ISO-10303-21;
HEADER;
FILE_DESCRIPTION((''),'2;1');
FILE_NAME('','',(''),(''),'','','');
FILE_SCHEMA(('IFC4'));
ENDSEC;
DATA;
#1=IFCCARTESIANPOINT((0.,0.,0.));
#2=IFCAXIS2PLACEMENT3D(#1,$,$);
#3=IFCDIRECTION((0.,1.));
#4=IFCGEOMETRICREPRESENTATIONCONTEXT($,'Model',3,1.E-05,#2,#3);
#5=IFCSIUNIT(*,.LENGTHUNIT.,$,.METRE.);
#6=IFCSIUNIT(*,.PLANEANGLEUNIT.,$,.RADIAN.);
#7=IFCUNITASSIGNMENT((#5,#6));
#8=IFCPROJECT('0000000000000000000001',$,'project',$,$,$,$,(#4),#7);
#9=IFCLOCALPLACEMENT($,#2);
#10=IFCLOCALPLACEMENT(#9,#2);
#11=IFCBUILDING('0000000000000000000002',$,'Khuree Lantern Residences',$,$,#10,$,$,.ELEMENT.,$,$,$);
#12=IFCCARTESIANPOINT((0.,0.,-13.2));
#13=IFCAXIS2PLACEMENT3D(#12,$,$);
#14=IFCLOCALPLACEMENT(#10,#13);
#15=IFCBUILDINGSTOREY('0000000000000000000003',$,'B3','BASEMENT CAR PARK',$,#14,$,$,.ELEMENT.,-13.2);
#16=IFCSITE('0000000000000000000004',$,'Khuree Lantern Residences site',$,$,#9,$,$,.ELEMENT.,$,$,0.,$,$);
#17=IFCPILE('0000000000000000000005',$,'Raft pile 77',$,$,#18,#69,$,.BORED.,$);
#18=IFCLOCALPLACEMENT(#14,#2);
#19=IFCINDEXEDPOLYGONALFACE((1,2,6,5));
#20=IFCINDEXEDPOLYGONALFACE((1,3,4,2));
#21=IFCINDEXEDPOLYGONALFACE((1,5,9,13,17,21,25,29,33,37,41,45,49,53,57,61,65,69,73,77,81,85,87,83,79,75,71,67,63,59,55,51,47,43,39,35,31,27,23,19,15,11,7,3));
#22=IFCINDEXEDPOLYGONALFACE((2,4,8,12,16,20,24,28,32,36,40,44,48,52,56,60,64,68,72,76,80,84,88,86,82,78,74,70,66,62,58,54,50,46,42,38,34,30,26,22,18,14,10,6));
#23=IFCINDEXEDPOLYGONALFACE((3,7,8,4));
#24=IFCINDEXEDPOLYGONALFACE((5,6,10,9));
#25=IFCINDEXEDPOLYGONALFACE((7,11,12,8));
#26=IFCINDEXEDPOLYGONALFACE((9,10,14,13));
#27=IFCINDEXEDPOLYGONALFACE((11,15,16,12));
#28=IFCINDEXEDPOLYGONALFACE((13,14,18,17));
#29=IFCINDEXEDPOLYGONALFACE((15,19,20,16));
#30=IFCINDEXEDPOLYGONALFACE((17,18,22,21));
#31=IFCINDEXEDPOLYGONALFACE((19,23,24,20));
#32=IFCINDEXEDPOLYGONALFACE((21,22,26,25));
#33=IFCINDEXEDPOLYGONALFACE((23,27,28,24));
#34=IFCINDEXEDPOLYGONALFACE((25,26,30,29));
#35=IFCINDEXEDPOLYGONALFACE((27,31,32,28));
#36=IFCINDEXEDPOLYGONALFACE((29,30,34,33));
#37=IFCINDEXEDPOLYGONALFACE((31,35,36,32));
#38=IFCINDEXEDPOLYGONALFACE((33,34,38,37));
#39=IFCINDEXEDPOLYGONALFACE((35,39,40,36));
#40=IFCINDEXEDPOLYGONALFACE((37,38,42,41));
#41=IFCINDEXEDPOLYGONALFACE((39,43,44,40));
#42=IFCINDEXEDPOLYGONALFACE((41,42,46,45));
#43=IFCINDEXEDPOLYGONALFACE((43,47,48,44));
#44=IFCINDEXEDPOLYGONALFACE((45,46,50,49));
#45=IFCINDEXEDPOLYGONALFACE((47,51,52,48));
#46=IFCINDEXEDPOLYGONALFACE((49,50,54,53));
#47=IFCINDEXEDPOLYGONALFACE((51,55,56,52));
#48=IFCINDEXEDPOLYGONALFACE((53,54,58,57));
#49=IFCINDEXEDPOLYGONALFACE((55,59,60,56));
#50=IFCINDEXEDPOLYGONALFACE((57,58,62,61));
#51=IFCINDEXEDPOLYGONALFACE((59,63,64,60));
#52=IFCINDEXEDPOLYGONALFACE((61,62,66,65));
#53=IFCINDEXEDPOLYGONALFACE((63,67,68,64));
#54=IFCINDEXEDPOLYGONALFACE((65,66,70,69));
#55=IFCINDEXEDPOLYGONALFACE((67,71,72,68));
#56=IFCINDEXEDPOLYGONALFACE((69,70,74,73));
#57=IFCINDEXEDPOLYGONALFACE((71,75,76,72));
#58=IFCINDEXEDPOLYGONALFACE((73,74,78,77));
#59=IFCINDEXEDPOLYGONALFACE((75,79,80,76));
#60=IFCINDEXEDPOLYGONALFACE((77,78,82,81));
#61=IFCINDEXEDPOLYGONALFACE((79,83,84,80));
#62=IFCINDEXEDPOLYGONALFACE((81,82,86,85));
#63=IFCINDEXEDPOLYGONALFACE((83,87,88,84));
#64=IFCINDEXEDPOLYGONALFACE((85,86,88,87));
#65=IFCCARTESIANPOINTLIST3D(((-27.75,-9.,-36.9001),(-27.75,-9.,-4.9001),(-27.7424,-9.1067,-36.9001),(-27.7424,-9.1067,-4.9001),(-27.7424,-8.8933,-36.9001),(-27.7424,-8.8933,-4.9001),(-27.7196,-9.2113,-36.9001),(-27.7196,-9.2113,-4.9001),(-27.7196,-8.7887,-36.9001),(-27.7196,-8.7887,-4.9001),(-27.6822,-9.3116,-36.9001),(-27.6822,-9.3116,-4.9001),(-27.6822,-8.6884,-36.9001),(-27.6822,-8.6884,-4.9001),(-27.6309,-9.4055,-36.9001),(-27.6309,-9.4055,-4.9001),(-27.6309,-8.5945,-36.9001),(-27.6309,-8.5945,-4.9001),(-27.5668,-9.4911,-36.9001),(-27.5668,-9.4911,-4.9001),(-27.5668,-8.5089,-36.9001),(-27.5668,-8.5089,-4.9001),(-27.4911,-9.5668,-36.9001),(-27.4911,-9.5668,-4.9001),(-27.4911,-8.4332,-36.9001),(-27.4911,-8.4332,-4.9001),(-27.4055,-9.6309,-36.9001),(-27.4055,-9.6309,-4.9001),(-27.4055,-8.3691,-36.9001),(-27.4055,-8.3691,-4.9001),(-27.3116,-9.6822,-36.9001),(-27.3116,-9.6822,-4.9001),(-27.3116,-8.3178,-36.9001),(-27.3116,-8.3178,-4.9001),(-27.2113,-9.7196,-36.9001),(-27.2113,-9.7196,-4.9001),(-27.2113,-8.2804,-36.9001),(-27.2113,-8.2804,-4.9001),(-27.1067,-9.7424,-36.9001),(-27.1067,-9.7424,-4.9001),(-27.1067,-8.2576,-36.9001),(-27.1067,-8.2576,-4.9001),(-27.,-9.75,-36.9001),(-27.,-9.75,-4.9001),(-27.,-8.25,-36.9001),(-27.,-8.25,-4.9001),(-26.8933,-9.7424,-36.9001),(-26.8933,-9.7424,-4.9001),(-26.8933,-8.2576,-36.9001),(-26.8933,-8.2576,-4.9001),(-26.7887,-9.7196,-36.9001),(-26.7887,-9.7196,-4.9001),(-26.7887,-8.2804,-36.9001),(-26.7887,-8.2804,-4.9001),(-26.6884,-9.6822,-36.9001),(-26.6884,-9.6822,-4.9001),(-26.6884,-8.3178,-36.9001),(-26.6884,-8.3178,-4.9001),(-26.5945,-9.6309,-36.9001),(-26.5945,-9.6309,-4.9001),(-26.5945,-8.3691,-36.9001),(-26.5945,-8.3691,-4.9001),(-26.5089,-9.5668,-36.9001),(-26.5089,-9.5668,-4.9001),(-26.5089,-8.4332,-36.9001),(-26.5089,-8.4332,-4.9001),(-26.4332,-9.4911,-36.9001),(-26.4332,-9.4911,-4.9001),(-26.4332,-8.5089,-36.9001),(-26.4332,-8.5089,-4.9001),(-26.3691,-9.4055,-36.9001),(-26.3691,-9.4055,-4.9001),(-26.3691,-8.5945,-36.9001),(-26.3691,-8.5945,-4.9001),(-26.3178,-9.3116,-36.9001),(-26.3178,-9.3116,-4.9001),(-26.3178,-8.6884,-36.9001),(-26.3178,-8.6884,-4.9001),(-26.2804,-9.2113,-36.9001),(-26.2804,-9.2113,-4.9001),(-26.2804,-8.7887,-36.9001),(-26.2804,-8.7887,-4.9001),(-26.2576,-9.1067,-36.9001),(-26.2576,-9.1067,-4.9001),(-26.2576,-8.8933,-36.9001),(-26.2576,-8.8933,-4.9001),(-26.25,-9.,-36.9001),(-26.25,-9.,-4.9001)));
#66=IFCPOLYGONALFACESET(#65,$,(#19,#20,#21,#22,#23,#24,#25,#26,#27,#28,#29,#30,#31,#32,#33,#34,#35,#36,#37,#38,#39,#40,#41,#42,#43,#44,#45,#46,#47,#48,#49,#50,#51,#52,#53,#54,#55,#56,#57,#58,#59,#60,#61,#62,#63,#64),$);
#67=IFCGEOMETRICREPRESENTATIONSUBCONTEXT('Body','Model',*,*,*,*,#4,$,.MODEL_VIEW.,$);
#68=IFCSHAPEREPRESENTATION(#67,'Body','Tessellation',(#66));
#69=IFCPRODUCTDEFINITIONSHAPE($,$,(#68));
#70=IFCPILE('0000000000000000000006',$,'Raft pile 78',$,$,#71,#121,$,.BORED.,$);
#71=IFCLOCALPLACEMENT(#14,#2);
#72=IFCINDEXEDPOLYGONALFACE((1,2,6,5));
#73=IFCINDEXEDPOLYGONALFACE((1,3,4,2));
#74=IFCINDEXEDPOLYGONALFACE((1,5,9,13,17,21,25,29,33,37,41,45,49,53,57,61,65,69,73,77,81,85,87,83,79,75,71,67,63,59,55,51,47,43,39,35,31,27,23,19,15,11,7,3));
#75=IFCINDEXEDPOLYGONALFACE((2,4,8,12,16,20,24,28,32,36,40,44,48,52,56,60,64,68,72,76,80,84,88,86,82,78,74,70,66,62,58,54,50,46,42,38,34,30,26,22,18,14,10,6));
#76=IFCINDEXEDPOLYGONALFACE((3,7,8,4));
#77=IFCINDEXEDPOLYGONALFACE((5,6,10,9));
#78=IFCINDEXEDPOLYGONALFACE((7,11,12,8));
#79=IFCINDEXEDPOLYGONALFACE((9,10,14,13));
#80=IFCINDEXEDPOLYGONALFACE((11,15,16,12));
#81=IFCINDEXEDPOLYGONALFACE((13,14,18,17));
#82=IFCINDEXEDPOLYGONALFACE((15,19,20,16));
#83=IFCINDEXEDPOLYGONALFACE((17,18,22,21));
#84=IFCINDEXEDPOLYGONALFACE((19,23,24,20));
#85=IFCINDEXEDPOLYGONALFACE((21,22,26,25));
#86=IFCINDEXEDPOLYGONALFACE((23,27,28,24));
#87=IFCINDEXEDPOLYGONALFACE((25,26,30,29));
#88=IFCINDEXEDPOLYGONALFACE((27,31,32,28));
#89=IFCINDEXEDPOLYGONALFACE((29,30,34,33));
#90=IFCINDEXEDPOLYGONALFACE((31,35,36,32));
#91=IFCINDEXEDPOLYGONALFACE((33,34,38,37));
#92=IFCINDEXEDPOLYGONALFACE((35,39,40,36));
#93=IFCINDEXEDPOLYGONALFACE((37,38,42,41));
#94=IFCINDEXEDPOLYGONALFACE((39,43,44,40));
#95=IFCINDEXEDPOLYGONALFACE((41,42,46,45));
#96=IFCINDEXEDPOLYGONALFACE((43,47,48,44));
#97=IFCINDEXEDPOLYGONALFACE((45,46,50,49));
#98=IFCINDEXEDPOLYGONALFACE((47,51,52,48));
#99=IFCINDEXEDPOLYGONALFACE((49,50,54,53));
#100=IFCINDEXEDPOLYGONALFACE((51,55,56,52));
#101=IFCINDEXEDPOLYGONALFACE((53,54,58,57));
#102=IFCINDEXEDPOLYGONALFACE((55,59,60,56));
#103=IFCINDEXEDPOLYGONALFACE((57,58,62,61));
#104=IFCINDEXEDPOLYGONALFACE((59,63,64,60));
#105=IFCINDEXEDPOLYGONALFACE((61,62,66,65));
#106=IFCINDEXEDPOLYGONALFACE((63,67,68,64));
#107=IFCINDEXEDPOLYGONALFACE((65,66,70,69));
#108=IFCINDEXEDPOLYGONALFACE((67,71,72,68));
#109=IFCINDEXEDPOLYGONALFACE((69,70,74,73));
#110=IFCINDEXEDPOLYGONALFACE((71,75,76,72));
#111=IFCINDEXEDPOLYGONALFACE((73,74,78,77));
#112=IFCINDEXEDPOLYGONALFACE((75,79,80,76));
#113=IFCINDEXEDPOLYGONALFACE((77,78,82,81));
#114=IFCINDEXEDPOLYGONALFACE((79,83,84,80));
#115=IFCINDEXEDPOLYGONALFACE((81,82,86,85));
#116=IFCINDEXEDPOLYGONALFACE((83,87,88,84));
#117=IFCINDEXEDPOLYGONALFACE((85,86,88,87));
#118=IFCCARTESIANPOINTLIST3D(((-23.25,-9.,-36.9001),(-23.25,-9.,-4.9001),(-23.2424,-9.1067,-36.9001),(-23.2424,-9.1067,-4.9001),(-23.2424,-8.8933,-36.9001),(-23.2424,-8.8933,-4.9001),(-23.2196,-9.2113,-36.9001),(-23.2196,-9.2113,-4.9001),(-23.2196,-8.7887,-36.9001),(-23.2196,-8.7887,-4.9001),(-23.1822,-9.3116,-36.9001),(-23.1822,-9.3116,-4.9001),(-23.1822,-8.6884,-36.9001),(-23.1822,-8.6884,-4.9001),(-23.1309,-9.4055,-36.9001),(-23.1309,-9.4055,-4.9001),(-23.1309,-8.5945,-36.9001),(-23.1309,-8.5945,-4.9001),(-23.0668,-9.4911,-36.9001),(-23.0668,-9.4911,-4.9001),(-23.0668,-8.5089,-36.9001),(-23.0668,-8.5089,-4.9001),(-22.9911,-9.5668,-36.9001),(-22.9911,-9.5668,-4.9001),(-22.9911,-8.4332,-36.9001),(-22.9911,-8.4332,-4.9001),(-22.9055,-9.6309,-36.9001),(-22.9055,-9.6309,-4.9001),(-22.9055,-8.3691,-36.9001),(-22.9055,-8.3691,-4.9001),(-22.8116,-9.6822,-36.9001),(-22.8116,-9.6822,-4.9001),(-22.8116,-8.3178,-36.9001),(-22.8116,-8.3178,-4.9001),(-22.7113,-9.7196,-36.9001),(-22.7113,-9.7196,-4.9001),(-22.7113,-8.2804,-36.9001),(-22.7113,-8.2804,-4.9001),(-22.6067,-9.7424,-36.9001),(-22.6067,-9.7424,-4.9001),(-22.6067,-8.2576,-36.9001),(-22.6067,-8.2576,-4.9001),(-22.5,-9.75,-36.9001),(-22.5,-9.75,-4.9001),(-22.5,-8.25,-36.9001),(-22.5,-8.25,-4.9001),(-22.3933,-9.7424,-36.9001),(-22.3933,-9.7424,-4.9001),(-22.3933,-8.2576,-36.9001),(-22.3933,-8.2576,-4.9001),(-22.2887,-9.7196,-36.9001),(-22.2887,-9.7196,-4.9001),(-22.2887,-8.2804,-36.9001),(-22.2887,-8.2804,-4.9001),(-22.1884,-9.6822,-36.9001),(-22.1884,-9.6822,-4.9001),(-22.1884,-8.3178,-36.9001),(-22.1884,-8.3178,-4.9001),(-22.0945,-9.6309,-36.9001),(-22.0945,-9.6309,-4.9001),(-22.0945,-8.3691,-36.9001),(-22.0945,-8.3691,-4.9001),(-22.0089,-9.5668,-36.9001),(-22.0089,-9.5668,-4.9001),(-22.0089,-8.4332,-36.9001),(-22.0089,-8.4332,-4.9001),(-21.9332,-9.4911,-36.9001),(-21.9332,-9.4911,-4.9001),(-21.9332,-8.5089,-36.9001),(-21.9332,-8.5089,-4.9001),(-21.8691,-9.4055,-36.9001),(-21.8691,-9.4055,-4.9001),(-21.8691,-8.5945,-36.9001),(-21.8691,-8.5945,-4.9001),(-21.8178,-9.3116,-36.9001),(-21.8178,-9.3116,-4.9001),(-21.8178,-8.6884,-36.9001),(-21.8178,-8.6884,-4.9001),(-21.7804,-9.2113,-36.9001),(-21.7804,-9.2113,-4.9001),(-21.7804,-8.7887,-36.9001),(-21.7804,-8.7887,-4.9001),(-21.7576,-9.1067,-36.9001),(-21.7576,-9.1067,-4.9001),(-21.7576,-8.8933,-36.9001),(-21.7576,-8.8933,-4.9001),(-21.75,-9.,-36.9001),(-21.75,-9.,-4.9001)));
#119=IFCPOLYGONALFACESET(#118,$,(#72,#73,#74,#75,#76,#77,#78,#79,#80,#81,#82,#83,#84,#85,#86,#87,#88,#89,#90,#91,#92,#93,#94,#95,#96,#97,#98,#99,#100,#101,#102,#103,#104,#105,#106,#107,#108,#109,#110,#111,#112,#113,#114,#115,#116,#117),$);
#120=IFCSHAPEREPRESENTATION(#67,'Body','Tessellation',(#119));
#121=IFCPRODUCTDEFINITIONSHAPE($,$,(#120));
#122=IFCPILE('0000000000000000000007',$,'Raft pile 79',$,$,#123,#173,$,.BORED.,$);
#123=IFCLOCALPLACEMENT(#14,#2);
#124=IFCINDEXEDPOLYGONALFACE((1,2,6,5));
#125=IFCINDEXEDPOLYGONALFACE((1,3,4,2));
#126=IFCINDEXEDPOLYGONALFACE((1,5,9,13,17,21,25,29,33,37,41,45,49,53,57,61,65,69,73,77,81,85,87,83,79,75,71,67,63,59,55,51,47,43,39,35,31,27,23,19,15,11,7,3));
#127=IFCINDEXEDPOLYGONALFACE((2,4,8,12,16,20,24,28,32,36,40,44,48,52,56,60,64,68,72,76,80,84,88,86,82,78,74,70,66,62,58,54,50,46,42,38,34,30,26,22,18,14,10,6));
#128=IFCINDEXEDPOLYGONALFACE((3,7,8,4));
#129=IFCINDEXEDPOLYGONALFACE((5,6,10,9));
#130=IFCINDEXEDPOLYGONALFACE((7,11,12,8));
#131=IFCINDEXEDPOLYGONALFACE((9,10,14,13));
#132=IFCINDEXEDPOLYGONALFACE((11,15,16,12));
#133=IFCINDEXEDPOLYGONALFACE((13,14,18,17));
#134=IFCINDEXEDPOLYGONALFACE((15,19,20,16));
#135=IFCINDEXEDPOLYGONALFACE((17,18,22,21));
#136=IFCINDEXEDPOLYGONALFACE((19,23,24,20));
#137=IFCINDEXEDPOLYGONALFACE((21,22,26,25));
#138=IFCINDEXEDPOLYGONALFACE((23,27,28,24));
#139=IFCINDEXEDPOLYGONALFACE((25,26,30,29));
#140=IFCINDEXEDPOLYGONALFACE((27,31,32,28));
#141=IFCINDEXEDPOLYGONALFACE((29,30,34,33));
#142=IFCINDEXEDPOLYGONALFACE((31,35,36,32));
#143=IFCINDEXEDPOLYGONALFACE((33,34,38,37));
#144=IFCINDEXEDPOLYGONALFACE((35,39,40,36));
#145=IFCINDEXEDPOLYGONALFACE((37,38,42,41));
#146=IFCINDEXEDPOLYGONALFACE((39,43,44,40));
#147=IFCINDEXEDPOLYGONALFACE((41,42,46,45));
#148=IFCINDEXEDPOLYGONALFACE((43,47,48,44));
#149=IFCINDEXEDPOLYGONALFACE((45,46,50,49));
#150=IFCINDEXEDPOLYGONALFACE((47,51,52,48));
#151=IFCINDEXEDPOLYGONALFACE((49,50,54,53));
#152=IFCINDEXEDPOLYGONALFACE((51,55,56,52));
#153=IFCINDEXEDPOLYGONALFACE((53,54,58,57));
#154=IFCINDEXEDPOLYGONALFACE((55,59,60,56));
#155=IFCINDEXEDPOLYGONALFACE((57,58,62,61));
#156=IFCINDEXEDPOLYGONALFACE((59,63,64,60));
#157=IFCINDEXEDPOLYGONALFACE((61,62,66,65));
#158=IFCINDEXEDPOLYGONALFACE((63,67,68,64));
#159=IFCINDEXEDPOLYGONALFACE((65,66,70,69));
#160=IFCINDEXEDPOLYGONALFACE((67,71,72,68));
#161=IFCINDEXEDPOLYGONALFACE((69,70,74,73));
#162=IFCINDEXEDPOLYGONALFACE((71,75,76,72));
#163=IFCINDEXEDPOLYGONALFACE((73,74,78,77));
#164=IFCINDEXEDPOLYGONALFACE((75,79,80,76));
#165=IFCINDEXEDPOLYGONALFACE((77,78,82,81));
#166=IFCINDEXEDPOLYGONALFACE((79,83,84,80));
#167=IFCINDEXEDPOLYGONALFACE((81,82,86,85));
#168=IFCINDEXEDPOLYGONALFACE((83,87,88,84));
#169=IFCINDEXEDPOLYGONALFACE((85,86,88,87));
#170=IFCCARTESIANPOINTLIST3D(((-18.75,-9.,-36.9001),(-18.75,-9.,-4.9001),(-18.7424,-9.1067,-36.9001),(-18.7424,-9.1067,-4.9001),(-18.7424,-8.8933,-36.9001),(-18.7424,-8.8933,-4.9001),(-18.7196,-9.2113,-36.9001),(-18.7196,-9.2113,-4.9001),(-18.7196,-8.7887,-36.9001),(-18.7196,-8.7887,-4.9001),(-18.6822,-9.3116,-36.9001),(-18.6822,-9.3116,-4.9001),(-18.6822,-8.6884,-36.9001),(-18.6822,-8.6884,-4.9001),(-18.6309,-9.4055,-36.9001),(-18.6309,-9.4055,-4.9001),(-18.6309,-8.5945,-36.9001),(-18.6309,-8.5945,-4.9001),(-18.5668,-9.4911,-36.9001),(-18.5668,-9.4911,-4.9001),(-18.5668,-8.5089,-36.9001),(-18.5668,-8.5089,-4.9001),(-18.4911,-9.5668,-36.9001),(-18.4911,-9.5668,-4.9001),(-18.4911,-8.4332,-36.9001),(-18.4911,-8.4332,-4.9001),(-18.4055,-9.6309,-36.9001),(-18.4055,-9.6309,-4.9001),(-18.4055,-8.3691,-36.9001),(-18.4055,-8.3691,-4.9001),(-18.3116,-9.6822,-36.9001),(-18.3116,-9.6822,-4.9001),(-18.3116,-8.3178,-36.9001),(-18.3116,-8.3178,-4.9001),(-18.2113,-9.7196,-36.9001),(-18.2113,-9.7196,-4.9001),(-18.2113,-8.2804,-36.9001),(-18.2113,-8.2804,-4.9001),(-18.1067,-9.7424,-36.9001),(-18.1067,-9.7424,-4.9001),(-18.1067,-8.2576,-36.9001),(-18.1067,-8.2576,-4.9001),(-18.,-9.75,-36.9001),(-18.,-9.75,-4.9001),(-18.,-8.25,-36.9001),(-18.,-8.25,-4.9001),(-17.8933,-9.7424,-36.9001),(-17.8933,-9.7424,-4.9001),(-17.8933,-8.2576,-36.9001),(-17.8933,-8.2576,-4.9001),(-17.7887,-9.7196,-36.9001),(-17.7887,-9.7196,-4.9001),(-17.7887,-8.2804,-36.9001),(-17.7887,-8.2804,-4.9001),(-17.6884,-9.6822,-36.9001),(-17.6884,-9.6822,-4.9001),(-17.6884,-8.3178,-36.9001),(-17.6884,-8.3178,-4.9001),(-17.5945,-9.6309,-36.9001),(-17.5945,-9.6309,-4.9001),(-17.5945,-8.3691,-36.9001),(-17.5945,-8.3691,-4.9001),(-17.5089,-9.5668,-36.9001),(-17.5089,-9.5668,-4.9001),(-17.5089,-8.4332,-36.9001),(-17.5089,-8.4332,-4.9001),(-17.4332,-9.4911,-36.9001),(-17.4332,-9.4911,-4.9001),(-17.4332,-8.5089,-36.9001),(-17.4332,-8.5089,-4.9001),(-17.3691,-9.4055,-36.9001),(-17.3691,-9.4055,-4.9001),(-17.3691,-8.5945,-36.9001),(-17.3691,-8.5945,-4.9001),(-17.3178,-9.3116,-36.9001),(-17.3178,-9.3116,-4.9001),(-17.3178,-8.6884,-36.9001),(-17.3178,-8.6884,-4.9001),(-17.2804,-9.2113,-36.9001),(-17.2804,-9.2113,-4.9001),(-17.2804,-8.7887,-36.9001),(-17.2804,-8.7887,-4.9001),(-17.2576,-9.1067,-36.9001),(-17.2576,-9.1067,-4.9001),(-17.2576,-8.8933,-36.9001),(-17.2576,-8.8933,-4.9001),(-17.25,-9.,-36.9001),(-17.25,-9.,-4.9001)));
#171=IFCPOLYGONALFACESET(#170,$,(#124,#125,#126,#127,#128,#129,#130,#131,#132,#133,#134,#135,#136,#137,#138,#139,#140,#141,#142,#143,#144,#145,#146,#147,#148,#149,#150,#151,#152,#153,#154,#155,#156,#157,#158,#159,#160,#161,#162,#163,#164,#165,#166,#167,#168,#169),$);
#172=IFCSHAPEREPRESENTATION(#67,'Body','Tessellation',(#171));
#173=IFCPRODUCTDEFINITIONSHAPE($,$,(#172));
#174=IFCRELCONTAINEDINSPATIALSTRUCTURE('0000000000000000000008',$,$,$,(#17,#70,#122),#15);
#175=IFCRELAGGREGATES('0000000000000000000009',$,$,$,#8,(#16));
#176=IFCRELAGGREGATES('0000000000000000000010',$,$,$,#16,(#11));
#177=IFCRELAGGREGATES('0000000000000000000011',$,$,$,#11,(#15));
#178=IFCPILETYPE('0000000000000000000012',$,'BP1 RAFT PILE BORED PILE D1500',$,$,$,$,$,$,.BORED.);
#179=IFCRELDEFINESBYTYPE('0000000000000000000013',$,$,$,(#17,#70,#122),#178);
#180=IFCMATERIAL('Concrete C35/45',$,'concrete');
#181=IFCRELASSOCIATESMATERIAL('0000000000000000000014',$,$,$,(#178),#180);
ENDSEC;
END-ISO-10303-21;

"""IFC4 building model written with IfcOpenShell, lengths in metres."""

from ifc_helpers import new_model, si_unit, direction, frame, origin, origin_2d, place, context, subcontext, project, spatial, circle, extrude, material, material_profile, profile_set, type_object, element, save


model = new_model("IFC4")

# Units and contexts
model_context = context("Model", 3, precision=1e-05, world=origin(), true_north=direction((0.0, 1.0)))
body_context = subcontext(model_context, "Body", "Model", "MODEL_VIEW")
ifc_project = project(units=[si_unit("LENGTHUNIT", "METRE"), si_unit("PLANEANGLEUNIT", "RADIAN")], contexts=[model_context])

# Site, building, storey
site_placement = place(None, origin())
site = spatial("IfcSite", under=ifc_project, at=site_placement, Name="Khuree Lantern Residences site", CompositionType="ELEMENT", RefElevation=0.0)
building_placement = place(site_placement, origin())
building = spatial("IfcBuilding", under=site, at=building_placement, Name="Khuree Lantern Residences", CompositionType="ELEMENT")
storey_placement = place(building_placement, frame((0.0, 0.0, -13.2)))
storey = spatial("IfcBuildingStorey", under=building, at=storey_placement, Name="B3", Description="BASEMENT CAR PARK", CompositionType="ELEMENT", Elevation=-13.2)

# Piles
ifc_material_1 = material(Name="Concrete C35/45", Category="concrete")
ifc_material_profile_1 = material_profile(ifc_material_1, circle(Radius=0.75, at=origin_2d()), Name="BORED PILE D1500")
ifc_profile_set_1 = profile_set([ifc_material_profile_1], Name="Concrete C35/45")
pile_type = type_object("IfcPileType", Name="BP1 RAFT PILE BORED PILE D1500", PredefinedType="BORED", material=ifc_profile_set_1)
for number, where, z_axis, x_axis, name in (
    (1, (-27.0, -9.0, -4.9001), (0.0, 0.0, -1.0), (1.0, 0.0, 0.0), "Raft pile 77"),
    (2, (-22.5, -9.0, -4.9001), (0.0, 0.0, -1.0), (1.0, 0.0, 0.0), "Raft pile 78"),
    (3, (-18.0, -9.0, -4.9001), (0.0, 0.0, -1.0), (1.0, 0.0, 0.0), "Raft pile 79"),
):
    element("IfcPile", number, at=place(storey_placement, frame(where, z_axis=z_axis, x_axis=x_axis)), inside=storey, type_object=pile_type, Name=name, PredefinedType="BORED", context=body_context, shape_type="SweptSolid", body=[
        extrude(circle(Radius=0.75, at=origin_2d()), origin(), (0.0, 0.0, 1.0), 32.0),
    ])

save(model, "model.ifc")
